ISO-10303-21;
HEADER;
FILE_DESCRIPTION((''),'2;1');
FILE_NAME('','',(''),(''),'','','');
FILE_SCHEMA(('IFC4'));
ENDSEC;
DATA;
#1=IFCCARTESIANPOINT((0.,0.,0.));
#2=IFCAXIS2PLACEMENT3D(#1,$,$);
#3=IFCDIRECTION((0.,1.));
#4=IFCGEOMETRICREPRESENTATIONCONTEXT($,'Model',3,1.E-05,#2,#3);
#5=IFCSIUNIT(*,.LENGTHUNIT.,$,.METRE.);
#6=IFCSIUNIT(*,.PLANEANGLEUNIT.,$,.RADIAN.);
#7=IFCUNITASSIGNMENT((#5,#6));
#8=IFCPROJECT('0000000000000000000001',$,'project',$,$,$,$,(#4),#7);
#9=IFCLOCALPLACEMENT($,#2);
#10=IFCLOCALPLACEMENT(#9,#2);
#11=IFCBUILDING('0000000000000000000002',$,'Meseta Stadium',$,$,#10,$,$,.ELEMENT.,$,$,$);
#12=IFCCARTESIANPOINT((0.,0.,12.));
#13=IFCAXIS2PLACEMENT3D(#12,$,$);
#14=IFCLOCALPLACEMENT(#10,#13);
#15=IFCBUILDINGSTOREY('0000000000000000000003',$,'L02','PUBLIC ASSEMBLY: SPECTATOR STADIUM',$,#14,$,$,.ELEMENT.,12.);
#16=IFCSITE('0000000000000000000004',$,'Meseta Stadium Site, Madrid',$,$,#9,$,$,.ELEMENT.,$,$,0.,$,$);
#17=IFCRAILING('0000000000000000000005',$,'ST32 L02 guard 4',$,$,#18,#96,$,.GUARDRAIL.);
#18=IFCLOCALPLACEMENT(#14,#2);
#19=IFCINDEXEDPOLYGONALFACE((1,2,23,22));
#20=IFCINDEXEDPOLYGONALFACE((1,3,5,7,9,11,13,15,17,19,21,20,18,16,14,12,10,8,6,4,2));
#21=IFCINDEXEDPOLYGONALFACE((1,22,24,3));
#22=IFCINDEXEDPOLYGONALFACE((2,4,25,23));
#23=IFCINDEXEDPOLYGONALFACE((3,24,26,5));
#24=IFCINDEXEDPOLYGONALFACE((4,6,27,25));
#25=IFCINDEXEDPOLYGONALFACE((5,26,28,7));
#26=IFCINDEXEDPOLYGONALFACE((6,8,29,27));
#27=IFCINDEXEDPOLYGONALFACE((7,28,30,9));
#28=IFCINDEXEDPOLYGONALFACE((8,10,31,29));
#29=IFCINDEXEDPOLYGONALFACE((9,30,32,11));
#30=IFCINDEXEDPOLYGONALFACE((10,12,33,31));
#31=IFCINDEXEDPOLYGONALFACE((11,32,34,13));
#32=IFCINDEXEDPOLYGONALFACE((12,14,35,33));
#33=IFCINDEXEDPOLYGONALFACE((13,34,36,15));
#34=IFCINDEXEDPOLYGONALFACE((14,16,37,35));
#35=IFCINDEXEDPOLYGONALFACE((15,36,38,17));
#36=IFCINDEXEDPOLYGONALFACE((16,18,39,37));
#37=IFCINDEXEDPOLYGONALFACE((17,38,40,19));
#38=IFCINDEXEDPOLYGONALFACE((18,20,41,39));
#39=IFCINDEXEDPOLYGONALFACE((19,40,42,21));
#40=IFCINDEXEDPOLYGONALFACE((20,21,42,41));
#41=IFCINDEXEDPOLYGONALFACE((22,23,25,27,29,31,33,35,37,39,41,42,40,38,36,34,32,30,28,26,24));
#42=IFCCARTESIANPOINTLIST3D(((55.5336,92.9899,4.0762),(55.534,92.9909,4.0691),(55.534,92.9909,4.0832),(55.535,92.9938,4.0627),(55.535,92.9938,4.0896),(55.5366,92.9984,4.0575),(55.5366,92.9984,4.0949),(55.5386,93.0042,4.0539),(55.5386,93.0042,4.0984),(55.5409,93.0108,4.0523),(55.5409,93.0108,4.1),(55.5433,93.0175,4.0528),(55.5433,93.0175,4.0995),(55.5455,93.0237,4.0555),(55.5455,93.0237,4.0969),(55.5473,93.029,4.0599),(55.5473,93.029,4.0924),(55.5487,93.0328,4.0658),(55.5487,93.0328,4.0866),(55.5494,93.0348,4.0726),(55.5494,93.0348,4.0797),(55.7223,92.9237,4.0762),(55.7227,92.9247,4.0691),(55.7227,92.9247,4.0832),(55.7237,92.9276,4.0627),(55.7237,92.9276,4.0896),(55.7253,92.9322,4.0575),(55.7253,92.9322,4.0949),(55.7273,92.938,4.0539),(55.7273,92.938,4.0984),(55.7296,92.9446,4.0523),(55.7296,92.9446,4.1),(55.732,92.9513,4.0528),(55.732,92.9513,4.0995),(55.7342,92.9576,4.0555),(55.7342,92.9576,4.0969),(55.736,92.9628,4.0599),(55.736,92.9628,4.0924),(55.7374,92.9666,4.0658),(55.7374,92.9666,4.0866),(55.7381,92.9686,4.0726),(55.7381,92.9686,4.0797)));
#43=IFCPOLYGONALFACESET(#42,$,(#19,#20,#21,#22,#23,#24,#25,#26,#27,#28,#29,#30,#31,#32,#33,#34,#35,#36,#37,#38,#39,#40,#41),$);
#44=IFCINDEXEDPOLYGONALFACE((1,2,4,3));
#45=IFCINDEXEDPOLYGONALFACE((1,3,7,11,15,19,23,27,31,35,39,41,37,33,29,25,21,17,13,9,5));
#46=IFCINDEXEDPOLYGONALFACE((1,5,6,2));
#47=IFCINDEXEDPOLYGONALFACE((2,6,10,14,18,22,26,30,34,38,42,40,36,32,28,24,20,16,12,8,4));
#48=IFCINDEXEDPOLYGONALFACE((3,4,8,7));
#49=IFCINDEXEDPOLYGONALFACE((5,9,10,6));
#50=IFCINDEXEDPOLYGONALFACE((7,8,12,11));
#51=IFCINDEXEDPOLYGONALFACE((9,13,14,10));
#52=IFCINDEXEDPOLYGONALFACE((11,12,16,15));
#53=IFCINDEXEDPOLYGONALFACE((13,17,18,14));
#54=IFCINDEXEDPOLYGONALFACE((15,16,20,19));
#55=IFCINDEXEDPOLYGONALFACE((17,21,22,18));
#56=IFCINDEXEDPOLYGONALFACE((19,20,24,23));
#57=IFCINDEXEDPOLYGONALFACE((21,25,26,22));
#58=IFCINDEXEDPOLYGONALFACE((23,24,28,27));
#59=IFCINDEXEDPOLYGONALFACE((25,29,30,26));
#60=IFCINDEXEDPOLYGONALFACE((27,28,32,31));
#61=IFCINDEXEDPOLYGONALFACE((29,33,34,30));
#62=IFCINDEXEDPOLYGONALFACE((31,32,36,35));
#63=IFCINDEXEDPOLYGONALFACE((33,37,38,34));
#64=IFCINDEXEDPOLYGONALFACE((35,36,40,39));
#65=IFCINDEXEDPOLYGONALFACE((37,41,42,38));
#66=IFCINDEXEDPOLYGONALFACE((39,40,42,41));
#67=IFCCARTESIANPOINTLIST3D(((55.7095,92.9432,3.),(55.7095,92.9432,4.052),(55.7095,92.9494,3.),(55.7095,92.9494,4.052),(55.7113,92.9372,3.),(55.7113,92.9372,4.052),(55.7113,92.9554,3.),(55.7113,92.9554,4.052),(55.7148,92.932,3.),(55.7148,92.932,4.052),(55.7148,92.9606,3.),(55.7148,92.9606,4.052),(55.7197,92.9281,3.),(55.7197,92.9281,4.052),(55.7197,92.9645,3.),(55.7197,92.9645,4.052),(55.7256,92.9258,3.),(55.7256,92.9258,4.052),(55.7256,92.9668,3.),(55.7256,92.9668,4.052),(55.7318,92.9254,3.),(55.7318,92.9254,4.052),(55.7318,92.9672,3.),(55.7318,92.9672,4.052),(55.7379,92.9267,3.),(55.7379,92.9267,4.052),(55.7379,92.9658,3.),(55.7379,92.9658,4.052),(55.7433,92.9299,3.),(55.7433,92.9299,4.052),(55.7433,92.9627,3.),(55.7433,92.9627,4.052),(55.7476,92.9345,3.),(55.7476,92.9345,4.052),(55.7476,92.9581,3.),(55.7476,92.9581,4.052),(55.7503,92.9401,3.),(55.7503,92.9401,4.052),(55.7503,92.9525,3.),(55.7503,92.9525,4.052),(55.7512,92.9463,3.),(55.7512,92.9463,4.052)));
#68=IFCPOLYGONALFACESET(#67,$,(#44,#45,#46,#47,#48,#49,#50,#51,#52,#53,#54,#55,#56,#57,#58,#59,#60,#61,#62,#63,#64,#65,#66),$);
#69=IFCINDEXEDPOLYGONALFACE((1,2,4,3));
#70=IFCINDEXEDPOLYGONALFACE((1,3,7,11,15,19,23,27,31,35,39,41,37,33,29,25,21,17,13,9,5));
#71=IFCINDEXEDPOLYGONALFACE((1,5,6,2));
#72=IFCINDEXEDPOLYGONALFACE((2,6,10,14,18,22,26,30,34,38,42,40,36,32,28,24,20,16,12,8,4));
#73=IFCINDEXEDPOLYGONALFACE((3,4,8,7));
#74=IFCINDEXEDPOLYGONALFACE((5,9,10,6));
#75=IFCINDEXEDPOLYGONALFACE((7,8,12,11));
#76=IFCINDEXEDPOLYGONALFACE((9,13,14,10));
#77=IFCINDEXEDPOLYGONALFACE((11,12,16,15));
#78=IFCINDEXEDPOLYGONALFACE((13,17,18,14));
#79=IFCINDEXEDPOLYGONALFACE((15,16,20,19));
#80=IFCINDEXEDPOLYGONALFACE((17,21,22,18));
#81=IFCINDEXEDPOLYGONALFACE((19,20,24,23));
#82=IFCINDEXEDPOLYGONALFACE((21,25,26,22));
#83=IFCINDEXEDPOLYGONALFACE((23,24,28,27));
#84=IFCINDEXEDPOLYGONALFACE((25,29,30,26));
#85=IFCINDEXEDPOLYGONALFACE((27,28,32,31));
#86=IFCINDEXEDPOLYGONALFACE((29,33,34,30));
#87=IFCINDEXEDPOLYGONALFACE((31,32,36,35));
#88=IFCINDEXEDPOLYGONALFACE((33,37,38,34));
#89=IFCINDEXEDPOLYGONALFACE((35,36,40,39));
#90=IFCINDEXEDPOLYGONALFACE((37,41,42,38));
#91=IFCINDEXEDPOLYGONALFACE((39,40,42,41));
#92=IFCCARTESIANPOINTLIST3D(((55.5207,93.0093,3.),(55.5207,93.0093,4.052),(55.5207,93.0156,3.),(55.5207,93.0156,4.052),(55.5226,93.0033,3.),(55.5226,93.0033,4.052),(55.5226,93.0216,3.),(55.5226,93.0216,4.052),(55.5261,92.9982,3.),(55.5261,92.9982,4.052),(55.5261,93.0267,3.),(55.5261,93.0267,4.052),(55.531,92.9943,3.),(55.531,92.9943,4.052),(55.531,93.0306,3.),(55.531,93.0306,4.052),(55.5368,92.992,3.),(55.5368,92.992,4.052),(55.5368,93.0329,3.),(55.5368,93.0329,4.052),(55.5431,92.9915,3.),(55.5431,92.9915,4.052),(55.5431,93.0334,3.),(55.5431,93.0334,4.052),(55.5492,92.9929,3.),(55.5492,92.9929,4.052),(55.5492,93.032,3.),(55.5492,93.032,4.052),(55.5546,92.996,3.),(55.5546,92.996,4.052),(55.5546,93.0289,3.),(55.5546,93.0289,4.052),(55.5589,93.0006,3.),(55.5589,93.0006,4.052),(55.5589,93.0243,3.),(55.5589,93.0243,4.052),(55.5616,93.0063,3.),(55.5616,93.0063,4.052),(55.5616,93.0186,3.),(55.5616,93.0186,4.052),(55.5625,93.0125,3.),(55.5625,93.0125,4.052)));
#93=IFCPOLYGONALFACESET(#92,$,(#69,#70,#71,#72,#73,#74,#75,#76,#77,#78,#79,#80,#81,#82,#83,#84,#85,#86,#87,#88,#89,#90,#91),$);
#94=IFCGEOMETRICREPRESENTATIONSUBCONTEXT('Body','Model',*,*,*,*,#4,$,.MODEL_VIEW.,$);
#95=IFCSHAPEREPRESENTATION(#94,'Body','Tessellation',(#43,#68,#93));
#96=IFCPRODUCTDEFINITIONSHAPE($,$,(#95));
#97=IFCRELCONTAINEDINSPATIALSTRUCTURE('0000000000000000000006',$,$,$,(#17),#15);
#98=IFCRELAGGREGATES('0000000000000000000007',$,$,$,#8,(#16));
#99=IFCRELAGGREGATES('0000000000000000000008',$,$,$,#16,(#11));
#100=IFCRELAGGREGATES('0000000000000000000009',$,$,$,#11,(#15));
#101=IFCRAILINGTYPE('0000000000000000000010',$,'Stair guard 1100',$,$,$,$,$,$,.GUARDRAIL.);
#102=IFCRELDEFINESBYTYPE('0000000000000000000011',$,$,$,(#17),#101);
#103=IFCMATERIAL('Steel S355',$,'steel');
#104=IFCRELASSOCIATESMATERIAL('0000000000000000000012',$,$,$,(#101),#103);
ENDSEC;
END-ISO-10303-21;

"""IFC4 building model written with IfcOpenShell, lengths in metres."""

from ifc_helpers import new_model, si_unit, direction, frame, origin, origin_2d, place, context, subcontext, project, spatial, circle, extrude, material, type_object, element, save


model = new_model("IFC4")

# Units and contexts
model_context = context("Model", 3, precision=1e-05, world=origin(), true_north=direction((0.0, 1.0)))
body_context = subcontext(model_context, "Body", "Model", "MODEL_VIEW")
ifc_project = project(units=[si_unit("LENGTHUNIT", "METRE"), si_unit("PLANEANGLEUNIT", "RADIAN")], contexts=[model_context])

# Site, building, storey
site_placement = place(None, origin())
site = spatial("IfcSite", under=ifc_project, at=site_placement, Name="Meseta Stadium Site, Madrid", CompositionType="ELEMENT", RefElevation=0.0)
building_placement = place(site_placement, origin())
building = spatial("IfcBuilding", under=site, at=building_placement, Name="Meseta Stadium", CompositionType="ELEMENT")
storey_placement = place(building_placement, frame((0.0, 0.0, 12.0)))
storey = spatial("IfcBuildingStorey", under=building, at=storey_placement, Name="L02", Description="PUBLIC ASSEMBLY: SPECTATOR STADIUM", CompositionType="ELEMENT", Elevation=12.0)

# Railing
ifc_material_1 = material(Name="Steel S355", Category="steel")
railing_type_1 = type_object("IfcRailingType", Name="Stair guard 1100", PredefinedType="GUARDRAIL", material=ifc_material_1)
railing_1_placement = place(storey_placement, frame((55.7302, 92.9463, 3.0)))
element("IfcRailing", 1, at=railing_1_placement, inside=storey, type_object=railing_type_1, Name="ST32 L02 guard 4", PredefinedType="GUARDRAIL", context=body_context, shape_type="SweptSolid", body=[
    extrude(circle(Radius=0.0239, at=origin_2d()), frame((0.0, 0.0, 1.0762), z_axis=(-0.943687, 0.33084, 0.0), x_axis=(-0.33084, -0.943687, 0.0)), (0.0, 0.0, 1.0), 0.2),
    extrude(circle(Radius=0.021, at=origin_2d()), origin(), (0.0, 0.0, 1.0), 1.052),
    extrude(circle(Radius=0.021, at=origin_2d()), frame((-0.1887, 0.0662, 0.0)), (0.0, 0.0, 1.0), 1.052),
])

save(model, "model.ifc")
